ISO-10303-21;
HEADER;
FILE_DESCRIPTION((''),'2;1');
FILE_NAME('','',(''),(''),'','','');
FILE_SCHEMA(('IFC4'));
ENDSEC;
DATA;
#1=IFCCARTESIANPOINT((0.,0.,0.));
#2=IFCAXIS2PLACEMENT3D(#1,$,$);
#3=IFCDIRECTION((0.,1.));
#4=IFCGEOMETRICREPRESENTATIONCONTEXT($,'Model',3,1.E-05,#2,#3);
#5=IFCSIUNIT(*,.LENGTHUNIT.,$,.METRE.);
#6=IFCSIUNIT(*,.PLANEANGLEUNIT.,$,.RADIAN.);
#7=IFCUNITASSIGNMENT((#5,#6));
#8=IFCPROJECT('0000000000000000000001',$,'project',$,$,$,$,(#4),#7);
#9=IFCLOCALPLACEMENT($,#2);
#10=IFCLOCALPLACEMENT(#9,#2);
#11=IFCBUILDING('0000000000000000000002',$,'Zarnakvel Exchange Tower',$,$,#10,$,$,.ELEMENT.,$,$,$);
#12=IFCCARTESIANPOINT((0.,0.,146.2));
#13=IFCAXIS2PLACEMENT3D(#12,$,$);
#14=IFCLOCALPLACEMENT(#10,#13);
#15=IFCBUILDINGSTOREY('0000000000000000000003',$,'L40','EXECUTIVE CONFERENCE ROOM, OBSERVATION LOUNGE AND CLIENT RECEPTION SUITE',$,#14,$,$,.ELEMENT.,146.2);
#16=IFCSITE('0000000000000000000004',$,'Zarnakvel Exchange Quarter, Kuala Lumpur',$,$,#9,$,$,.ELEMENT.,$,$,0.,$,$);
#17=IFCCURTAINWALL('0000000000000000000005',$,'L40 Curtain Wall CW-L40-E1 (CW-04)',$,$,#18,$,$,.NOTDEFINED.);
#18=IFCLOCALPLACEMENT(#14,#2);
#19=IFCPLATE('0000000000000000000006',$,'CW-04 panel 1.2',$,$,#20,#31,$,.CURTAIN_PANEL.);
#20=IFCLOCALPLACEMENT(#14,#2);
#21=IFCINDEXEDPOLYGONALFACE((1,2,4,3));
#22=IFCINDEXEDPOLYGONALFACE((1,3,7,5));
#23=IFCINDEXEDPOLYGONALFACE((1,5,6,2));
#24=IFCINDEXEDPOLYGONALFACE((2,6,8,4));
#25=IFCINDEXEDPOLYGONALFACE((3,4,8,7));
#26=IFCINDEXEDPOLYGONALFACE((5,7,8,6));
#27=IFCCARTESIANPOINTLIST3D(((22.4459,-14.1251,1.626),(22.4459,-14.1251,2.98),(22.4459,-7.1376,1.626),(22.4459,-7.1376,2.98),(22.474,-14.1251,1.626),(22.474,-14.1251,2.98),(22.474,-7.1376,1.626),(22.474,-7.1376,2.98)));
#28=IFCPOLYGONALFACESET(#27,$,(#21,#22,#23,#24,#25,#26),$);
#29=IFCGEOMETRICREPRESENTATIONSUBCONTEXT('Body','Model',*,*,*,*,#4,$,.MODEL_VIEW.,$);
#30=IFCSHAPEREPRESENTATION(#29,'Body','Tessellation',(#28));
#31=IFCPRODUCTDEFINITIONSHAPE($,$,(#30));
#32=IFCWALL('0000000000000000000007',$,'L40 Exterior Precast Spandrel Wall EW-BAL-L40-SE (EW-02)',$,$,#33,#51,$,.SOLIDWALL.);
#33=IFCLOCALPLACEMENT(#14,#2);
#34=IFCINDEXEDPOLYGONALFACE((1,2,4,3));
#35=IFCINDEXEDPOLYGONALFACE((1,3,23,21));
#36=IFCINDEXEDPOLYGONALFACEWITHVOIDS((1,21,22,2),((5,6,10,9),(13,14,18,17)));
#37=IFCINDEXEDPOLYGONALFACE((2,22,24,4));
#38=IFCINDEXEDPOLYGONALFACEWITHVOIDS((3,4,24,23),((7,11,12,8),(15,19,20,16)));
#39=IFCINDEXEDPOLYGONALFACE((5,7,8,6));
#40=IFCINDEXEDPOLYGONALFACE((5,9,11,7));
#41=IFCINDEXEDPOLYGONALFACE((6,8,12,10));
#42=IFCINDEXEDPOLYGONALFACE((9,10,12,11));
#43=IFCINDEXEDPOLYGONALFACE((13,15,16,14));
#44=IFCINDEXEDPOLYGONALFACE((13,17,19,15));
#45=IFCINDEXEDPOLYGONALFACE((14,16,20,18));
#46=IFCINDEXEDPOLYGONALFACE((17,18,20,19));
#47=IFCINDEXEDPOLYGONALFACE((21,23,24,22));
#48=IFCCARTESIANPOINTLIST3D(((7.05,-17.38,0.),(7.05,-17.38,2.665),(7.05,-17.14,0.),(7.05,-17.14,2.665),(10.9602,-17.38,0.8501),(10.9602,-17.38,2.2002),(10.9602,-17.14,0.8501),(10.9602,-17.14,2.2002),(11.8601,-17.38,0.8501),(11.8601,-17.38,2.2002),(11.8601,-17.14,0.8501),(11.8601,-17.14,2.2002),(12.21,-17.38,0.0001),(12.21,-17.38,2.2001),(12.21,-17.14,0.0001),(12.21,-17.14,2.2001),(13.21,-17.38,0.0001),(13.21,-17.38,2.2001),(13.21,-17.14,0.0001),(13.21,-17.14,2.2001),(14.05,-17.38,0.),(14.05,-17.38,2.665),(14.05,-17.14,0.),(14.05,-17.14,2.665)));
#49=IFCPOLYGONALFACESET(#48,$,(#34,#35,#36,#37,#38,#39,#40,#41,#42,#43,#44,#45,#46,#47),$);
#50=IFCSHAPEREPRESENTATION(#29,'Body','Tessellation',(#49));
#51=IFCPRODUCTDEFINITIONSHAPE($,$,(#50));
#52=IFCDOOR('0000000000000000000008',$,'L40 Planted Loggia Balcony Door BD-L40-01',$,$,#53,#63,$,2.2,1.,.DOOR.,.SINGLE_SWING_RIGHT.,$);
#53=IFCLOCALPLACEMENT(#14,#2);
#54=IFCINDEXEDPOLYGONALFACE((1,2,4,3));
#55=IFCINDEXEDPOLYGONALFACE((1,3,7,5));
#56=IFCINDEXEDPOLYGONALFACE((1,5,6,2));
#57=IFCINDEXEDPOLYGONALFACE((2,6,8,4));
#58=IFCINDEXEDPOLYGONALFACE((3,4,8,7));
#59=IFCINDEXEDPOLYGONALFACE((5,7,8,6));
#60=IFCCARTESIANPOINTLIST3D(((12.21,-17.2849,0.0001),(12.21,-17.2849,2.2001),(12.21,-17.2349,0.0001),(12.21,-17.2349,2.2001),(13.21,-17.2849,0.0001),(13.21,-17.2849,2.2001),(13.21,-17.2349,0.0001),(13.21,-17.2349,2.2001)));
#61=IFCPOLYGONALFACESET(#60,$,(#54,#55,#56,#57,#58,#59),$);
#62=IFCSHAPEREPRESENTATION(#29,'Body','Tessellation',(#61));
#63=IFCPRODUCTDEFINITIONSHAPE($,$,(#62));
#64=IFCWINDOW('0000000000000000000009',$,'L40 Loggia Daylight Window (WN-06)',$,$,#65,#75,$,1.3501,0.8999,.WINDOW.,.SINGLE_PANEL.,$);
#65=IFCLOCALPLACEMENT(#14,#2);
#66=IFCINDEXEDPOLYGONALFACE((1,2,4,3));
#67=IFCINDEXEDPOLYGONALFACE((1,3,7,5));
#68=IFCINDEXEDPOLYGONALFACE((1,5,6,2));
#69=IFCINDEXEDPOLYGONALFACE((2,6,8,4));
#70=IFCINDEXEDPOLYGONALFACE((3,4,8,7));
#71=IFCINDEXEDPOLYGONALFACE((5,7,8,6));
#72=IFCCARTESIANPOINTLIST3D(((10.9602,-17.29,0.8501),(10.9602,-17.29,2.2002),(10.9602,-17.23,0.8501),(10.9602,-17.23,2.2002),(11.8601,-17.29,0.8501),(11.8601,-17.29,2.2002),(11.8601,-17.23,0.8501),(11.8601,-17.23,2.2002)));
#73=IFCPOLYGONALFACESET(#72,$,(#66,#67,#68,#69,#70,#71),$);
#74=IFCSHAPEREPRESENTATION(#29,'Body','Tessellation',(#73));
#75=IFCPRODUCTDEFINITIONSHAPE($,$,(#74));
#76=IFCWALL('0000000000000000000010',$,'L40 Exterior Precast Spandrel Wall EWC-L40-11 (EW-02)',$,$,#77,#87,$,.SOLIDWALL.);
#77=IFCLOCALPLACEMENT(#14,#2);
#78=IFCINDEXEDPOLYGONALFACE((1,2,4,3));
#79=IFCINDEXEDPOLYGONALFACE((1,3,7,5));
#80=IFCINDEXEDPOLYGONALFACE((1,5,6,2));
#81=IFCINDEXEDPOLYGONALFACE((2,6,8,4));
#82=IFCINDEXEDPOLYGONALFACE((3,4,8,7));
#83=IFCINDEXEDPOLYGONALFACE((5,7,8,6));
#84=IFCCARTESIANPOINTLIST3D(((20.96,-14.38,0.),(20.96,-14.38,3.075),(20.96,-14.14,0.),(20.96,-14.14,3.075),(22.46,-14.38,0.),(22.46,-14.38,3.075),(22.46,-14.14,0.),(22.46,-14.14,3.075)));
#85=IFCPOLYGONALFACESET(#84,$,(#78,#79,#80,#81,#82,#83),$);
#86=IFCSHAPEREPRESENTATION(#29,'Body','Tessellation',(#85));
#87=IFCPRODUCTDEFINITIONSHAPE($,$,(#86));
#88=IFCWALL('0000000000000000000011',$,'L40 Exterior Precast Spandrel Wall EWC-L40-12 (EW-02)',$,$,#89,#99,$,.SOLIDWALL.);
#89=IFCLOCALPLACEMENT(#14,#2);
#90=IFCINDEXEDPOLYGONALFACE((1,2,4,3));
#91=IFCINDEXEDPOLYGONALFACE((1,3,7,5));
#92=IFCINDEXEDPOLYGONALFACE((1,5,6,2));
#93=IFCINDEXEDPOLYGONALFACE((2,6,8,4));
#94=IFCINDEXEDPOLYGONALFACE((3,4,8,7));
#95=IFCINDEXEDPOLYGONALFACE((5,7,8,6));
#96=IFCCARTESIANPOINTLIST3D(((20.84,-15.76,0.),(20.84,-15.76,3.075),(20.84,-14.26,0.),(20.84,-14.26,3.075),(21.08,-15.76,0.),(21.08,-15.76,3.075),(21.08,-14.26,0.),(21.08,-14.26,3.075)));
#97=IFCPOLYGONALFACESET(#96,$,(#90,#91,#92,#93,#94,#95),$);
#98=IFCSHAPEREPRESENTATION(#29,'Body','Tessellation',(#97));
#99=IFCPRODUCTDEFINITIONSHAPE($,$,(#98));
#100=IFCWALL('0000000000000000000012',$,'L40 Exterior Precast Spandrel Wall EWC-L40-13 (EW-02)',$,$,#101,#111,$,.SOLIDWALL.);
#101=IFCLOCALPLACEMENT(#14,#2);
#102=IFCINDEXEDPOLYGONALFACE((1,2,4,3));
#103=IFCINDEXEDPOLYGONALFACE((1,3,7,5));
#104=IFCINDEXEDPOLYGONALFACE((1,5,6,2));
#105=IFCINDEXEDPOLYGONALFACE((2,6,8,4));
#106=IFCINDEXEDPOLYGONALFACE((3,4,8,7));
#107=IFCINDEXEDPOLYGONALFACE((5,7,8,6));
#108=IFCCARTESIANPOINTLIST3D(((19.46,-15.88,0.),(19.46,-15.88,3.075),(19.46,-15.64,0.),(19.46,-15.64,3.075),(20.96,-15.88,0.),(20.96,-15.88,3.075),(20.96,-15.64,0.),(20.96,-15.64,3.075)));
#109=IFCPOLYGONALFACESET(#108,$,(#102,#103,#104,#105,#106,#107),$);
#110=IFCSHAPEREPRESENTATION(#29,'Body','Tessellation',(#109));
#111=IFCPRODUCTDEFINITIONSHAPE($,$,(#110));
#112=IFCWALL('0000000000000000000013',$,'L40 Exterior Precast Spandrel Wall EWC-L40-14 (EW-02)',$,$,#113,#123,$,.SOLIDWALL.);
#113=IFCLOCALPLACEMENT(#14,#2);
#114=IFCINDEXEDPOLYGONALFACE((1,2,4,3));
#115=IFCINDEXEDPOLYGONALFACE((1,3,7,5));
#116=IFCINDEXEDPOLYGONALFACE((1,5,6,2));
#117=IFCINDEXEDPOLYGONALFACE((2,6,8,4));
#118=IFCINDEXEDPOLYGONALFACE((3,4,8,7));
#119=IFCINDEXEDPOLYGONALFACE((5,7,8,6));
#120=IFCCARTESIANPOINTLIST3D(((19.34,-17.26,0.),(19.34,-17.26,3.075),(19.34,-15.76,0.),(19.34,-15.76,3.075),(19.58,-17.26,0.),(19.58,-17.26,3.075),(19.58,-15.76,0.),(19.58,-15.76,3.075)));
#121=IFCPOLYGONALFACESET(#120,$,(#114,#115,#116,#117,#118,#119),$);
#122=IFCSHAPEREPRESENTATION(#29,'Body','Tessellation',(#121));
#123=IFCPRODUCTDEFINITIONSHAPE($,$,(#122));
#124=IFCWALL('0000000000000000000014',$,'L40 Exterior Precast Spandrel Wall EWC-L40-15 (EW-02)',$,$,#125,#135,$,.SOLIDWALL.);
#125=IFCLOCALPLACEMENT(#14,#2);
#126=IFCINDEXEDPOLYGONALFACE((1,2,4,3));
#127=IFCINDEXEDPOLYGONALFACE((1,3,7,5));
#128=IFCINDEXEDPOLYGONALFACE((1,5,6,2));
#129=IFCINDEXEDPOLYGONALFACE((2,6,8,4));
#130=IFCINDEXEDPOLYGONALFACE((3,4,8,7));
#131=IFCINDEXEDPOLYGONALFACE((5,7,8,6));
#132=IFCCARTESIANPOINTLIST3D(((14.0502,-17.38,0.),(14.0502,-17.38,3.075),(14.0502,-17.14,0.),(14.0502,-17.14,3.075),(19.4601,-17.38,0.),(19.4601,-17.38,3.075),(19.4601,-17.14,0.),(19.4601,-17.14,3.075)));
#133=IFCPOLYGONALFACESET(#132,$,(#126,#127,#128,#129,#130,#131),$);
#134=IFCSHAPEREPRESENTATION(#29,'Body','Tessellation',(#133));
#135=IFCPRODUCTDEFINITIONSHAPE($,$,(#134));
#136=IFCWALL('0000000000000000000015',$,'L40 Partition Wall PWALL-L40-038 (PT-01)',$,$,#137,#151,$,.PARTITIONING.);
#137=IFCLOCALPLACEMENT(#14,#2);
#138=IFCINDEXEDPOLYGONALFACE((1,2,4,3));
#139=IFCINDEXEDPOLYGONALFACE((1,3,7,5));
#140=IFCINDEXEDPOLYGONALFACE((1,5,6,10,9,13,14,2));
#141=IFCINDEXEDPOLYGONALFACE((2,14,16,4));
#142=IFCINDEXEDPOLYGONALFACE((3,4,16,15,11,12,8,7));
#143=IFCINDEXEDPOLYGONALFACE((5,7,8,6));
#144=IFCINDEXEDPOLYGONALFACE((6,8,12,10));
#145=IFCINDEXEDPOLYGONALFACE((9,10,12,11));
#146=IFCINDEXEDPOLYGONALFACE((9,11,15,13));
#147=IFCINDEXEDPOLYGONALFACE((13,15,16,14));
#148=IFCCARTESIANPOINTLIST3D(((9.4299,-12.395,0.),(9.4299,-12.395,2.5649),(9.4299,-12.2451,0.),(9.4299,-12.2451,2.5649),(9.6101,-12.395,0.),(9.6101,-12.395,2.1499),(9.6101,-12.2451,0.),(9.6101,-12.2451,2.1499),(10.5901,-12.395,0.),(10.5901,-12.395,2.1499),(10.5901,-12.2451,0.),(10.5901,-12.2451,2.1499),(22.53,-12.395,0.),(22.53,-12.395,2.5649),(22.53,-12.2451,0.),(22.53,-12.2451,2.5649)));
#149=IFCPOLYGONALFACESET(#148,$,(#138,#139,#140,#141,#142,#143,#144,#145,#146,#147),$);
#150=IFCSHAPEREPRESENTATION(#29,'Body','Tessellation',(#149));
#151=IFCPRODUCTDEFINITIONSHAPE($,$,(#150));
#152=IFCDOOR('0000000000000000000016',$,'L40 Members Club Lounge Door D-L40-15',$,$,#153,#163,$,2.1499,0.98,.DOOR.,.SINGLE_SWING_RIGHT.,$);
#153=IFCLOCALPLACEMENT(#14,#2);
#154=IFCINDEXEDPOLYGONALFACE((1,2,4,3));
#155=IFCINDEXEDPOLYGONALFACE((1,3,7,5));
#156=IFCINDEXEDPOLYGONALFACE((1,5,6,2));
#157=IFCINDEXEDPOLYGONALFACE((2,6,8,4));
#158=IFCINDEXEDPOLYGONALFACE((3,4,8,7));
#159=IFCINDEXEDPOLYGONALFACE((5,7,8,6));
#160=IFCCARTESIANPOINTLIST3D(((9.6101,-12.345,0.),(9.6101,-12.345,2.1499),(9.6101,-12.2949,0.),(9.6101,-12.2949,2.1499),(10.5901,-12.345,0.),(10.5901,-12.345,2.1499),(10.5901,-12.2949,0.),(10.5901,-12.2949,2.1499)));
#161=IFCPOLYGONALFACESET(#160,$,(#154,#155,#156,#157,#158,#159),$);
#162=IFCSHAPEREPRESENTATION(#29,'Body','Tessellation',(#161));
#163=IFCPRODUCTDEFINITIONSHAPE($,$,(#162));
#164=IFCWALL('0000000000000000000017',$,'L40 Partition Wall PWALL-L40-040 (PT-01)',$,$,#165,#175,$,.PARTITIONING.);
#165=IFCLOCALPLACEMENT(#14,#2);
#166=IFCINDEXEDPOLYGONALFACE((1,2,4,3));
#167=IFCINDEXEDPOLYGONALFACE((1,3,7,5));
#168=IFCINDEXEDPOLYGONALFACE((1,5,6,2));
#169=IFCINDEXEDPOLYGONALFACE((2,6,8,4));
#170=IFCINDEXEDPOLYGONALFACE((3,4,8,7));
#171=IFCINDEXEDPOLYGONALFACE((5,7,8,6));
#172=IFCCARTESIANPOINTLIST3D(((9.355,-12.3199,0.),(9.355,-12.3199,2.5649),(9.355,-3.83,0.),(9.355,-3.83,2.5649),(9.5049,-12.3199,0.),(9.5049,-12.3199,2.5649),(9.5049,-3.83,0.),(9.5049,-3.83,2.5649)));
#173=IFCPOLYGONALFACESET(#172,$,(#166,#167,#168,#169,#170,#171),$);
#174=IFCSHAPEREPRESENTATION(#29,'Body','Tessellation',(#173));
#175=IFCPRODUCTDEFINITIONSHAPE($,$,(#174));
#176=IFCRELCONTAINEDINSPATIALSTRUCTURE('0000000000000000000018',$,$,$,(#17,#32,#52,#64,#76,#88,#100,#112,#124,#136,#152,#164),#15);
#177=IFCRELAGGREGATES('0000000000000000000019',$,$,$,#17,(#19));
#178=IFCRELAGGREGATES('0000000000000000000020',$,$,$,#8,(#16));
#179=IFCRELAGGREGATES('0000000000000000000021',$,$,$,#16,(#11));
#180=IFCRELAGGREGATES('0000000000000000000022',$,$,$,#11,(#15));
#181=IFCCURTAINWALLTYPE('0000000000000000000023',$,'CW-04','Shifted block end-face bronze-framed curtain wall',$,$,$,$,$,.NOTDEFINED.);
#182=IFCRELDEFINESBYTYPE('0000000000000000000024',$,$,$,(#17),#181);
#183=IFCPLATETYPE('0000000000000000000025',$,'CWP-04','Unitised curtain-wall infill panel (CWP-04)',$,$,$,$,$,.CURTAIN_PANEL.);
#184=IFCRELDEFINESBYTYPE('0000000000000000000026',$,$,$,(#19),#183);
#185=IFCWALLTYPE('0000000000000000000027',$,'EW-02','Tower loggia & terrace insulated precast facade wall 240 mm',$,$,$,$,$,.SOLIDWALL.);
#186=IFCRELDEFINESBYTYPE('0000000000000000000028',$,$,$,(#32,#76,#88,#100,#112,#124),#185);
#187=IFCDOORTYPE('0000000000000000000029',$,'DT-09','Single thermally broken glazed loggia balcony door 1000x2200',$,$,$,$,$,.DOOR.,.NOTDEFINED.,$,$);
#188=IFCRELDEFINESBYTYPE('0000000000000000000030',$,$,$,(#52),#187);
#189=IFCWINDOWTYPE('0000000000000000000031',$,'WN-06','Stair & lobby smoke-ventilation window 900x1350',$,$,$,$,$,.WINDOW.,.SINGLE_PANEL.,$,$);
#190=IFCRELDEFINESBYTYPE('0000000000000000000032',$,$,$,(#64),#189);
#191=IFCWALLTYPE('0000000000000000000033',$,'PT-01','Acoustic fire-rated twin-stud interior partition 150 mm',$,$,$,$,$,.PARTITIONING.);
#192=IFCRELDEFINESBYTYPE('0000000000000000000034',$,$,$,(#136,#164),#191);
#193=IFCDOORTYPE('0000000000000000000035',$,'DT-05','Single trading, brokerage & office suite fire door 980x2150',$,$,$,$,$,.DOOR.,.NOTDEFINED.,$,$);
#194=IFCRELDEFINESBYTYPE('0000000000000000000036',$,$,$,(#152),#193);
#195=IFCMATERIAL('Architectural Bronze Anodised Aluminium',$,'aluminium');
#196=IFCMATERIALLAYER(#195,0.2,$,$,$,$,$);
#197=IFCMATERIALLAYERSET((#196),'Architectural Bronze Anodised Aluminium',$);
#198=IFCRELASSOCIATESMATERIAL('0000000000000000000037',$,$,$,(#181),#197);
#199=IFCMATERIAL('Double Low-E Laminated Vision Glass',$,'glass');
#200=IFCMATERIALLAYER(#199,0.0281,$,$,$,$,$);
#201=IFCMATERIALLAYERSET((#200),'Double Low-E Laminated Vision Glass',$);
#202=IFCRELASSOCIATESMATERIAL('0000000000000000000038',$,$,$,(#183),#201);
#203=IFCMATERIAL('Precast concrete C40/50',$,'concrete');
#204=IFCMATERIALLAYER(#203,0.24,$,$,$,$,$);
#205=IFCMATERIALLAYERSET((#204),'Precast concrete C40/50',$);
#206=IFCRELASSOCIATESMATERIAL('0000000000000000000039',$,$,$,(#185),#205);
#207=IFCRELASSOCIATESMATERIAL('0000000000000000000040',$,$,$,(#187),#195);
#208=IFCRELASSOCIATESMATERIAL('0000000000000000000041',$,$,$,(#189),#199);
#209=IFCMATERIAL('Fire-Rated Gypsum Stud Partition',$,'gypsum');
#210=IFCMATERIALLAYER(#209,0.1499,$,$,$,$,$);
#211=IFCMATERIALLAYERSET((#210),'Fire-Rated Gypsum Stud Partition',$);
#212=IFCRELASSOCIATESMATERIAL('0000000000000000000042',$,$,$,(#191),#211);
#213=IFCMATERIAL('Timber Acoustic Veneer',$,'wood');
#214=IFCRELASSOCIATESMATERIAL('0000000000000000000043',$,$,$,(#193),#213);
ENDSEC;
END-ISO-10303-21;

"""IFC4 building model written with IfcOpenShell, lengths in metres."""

from ifc_helpers import new_model, si_unit, direction, frame, frame_2d, origin, origin_2d, place, context, subcontext, project, spatial, rectangle, extrude, source, transform, mapped, material, layer, layer_set, type_object, element, fill, aggregate, save


model = new_model("IFC4")

# Units and contexts
model_context = context("Model", 3, precision=1e-05, world=origin(), true_north=direction((0.0, 1.0)))
body_context = subcontext(model_context, "Body", "Model", "MODEL_VIEW")
ifc_project = project(units=[si_unit("LENGTHUNIT", "METRE"), si_unit("PLANEANGLEUNIT", "RADIAN")], contexts=[model_context])

# Site, building, storey
site_placement = place(None, origin())
site = spatial("IfcSite", under=ifc_project, at=site_placement, Name="Zarnakvel Exchange Quarter, Kuala Lumpur", CompositionType="ELEMENT", RefElevation=0.0)
building_placement = place(site_placement, origin())
building = spatial("IfcBuilding", under=site, at=building_placement, Name="Zarnakvel Exchange Tower", CompositionType="ELEMENT")
storey_placement = place(building_placement, frame((0.0, 0.0, 146.2)))
storey = spatial("IfcBuildingStorey", under=building, at=storey_placement, Name="L40", Description="EXECUTIVE CONFERENCE ROOM, OBSERVATION LOUNGE AND CLIENT RECEPTION SUITE", CompositionType="ELEMENT", Elevation=146.2)

# Curtain wall, plate
ifc_material_1 = material(Name="Architectural Bronze Anodised Aluminium", Category="aluminium")
ifc_layer_1 = layer(ifc_material_1, 0.2)
ifc_layer_set_1 = layer_set([ifc_layer_1], Name="Architectural Bronze Anodised Aluminium")
curtain_wall_type = type_object("IfcCurtainWallType", Name="CW-04", Description="Shifted block end-face bronze-framed curtain wall", PredefinedType="NOTDEFINED", material=ifc_layer_set_1)
curtain_wall_placement = place(storey_placement, origin())
curtain_wall = element("IfcCurtainWall", 1, at=curtain_wall_placement, inside=storey, type_object=curtain_wall_type, Name="L40 Curtain Wall CW-L40-E1 (CW-04)", PredefinedType="NOTDEFINED")
ifc_material_2 = material(Name="Double Low-E Laminated Vision Glass", Category="glass")
ifc_layer_2 = layer(ifc_material_2, 0.0281)
ifc_layer_set_2 = layer_set([ifc_layer_2], Name="Double Low-E Laminated Vision Glass")
plate_type = type_object("IfcPlateType", Name="CWP-04", Description="Unitised curtain-wall infill panel (CWP-04)", PredefinedType="CURTAIN_PANEL", material=ifc_layer_set_2)
shared_shape_1 = source(origin(), body_context, "Body", "SweptSolid", [
    extrude(rectangle(XDim=6.9875, YDim=0.0281, at=origin_2d()), origin(), (0.0, 0.0, 1.0), 1.354),
])
plate_1_placement = place(storey_placement, frame((22.46, -10.6313, 1.626), z_axis=(0.0, 0.0, 1.0), x_axis=(0.0, 1.0, 0.0)))
plate_1 = element("IfcPlate", 2, at=plate_1_placement, type_object=plate_type, Name="CW-04 panel 1.2", PredefinedType="CURTAIN_PANEL", context=body_context, shape_type="MappedRepresentation", body=[
    mapped(shared_shape_1, transform((0.0, 0.0, 0.0), x_axis=(1.0, 0.0, 0.0), y_axis=(0.0, 1.0, 0.0), z_axis=(0.0, 0.0, 1.0), scale=1.0)),
])
aggregate(curtain_wall, [plate_1])

# Wall, openings, door, window
ifc_material_3 = material(Name="Precast concrete C40/50", Category="concrete")
ifc_layer_3 = layer(ifc_material_3, 0.24)
ifc_layer_set_3 = layer_set([ifc_layer_3], Name="Precast concrete C40/50")
wall_type_1 = type_object("IfcWallType", Name="EW-02", Description="Tower loggia & terrace insulated precast facade wall 240 mm", PredefinedType="SOLIDWALL", material=ifc_layer_set_3)
wall_1_placement = place(storey_placement, frame((14.05, -17.26, 0.0), z_axis=(0.0, 0.0, 1.0), x_axis=(-1.0, 0.0, 0.0)))
wall_1 = element("IfcWall", 3, at=wall_1_placement, inside=storey, type_object=wall_type_1, Name="L40 Exterior Precast Spandrel Wall EW-BAL-L40-SE (EW-02)", PredefinedType="SOLIDWALL", context=body_context, shape_type="SweptSolid", body=[
    extrude(rectangle(XDim=7.0, YDim=0.24, at=frame_2d((3.5, 0.0))), origin(), (0.0, 0.0, 1.0), 2.665),
])
opening_1_placement = place(wall_1_placement, frame((0.8401, 0.0, 0.0)))
opening_1 = element("IfcOpeningElement", 4, at=opening_1_placement, cuts=wall_1, PredefinedType="OPENING", context=body_context, shape_type="SweptSolid", body=[
    extrude(rectangle(XDim=1.0, YDim=2.2, at=frame_2d((0.5, 1.1001))), frame((0.0, 0.1299, 0.0), z_axis=(0.0, -1.0, 0.0), x_axis=(1.0, 0.0, 0.0)), (0.0, 0.0, 1.0), 0.26),
])
opening_2_placement = place(wall_1_placement, frame((2.1899, 0.0, 0.8501)))
opening_2 = element("IfcOpeningElement", 5, at=opening_2_placement, cuts=wall_1, PredefinedType="OPENING", context=body_context, shape_type="SweptSolid", body=[
    extrude(rectangle(XDim=0.8999, YDim=1.3501, at=frame_2d((0.45, 0.675))), frame((0.0, 0.1299, 0.0), z_axis=(0.0, -1.0, 0.0), x_axis=(1.0, 0.0, 0.0)), (0.0, 0.0, 1.0), 0.26),
])
door_type_1 = type_object("IfcDoorType", Name="DT-09", Description="Single thermally broken glazed loggia balcony door 1000x2200", OperationType="NOTDEFINED", PredefinedType="DOOR", material=ifc_material_1)
shared_shape_2 = source(origin(), body_context, "Body", "SweptSolid", [
    extrude(rectangle(XDim=1.0, YDim=2.2, at=frame_2d((0.5, 1.1001))), frame((0.0, 0.0249, 0.0), z_axis=(0.0, -1.0, 0.0), x_axis=(1.0, 0.0, 0.0)), (0.0, 0.0, 1.0), 0.05),
])
door_1_placement = place(opening_1_placement, origin())
door_1 = element("IfcDoor", 6, at=door_1_placement, inside=storey, type_object=door_type_1, Name="L40 Planted Loggia Balcony Door BD-L40-01", OperationType="SINGLE_SWING_RIGHT", OverallHeight=2.2, OverallWidth=1.0, PredefinedType="DOOR", context=body_context, shape_type="MappedRepresentation", body=[
    mapped(shared_shape_2, transform((0.0, 0.0, 0.0), x_axis=(1.0, 0.0, 0.0), y_axis=(0.0, 1.0, 0.0), z_axis=(0.0, 0.0, 1.0), scale=1.0)),
])
fill(opening_1, door_1)
window_type = type_object("IfcWindowType", Name="WN-06", Description="Stair & lobby smoke-ventilation window 900x1350", PartitioningType="SINGLE_PANEL", PredefinedType="WINDOW", material=ifc_material_2)
shared_shape_3 = source(origin(), body_context, "Body", "SweptSolid", [
    extrude(rectangle(XDim=0.8999, YDim=1.3501, at=frame_2d((0.45, 0.675))), frame((0.0, 0.03, 0.0), z_axis=(0.0, -1.0, 0.0), x_axis=(1.0, 0.0, 0.0)), (0.0, 0.0, 1.0), 0.0601),
])
window_placement = place(opening_2_placement, origin())
window = element("IfcWindow", 7, at=window_placement, inside=storey, type_object=window_type, Name="L40 Loggia Daylight Window (WN-06)", OverallHeight=1.3501, OverallWidth=0.8999, PartitioningType="SINGLE_PANEL", PredefinedType="WINDOW", context=body_context, shape_type="MappedRepresentation", body=[
    mapped(shared_shape_3, transform((0.0, 0.0, 0.0), x_axis=(1.0, 0.0, 0.0), y_axis=(0.0, 1.0, 0.0), z_axis=(0.0, 0.0, 1.0), scale=1.0)),
])
fill(opening_2, window)

# Walls
for number, where, z_axis, x_axis, name in (
    (8, (20.96, -14.26, 0.0), (0.0, 0.0, 1.0), (1.0, 0.0, 0.0), "L40 Exterior Precast Spandrel Wall EWC-L40-11 (EW-02)"),
    (9, (20.96, -15.76, 0.0), (0.0, 0.0, 1.0), (0.0, 1.0, 0.0), "L40 Exterior Precast Spandrel Wall EWC-L40-12 (EW-02)"),
    (10, (19.46, -15.76, 0.0), (0.0, 0.0, 1.0), (1.0, 0.0, 0.0), "L40 Exterior Precast Spandrel Wall EWC-L40-13 (EW-02)"),
    (11, (19.46, -17.26, 0.0), (0.0, 0.0, 1.0), (0.0, 1.0, 0.0), "L40 Exterior Precast Spandrel Wall EWC-L40-14 (EW-02)"),
):
    element("IfcWall", number, at=place(storey_placement, frame(where, z_axis=z_axis, x_axis=x_axis)), inside=storey, type_object=wall_type_1, Name=name, PredefinedType="SOLIDWALL", context=body_context, shape_type="SweptSolid", body=[
        extrude(rectangle(XDim=1.5, YDim=0.24, at=frame_2d((0.75, 0.0))), origin(), (0.0, 0.0, 1.0), 3.075),
    ])
wall_2_placement = place(storey_placement, frame((14.05, -17.26, 0.0), z_axis=(0.0, 0.0, 1.0), x_axis=(1.0, 0.0, 0.0)))
element("IfcWall", 12, at=wall_2_placement, inside=storey, type_object=wall_type_1, Name="L40 Exterior Precast Spandrel Wall EWC-L40-15 (EW-02)", PredefinedType="SOLIDWALL", context=body_context, shape_type="SweptSolid", body=[
    extrude(rectangle(XDim=5.4099, YDim=0.24, at=frame_2d((2.7051, 0.0))), origin(), (0.0, 0.0, 1.0), 3.075),
])

# Wall, opening, door
ifc_material_4 = material(Name="Fire-Rated Gypsum Stud Partition", Category="gypsum")
ifc_layer_4 = layer(ifc_material_4, 0.1499)
ifc_layer_set_4 = layer_set([ifc_layer_4], Name="Fire-Rated Gypsum Stud Partition")
wall_type_2 = type_object("IfcWallType", Name="PT-01", Description="Acoustic fire-rated twin-stud interior partition 150 mm", PredefinedType="PARTITIONING", material=ifc_layer_set_4)
wall_3_placement = place(storey_placement, frame((22.53, -12.3201, 0.0), z_axis=(0.0, 0.0, 1.0), x_axis=(-1.0, 0.0, 0.0)))
wall_3 = element("IfcWall", 13, at=wall_3_placement, inside=storey, type_object=wall_type_2, Name="L40 Partition Wall PWALL-L40-038 (PT-01)", PredefinedType="PARTITIONING", context=body_context, shape_type="SweptSolid", body=[
    extrude(rectangle(XDim=13.1001, YDim=0.1499, at=frame_2d((6.55, 0.0))), origin(), (0.0, 0.0, 1.0), 2.5649),
])
opening_3_placement = place(wall_3_placement, frame((11.9399, 0.0, 0.0)))
opening_3 = element("IfcOpeningElement", 14, at=opening_3_placement, cuts=wall_3, PredefinedType="OPENING", context=body_context, shape_type="SweptSolid", body=[
    extrude(rectangle(XDim=0.98, YDim=2.1499, at=frame_2d((0.49, 1.075))), frame((0.0, 0.085, 0.0), z_axis=(0.0, -1.0, 0.0), x_axis=(1.0, 0.0, 0.0)), (0.0, 0.0, 1.0), 0.1699),
])
ifc_material_5 = material(Name="Timber Acoustic Veneer", Category="wood")
door_type_2 = type_object("IfcDoorType", Name="DT-05", Description="Single trading, brokerage & office suite fire door 980x2150", OperationType="NOTDEFINED", PredefinedType="DOOR", material=ifc_material_5)
shared_shape_4 = source(origin(), body_context, "Body", "SweptSolid", [
    extrude(rectangle(XDim=0.98, YDim=2.1499, at=frame_2d((0.49, 1.075))), frame((0.0, 0.0249, 0.0), z_axis=(0.0, -1.0, 0.0), x_axis=(1.0, 0.0, 0.0)), (0.0, 0.0, 1.0), 0.05),
])
door_2_placement = place(opening_3_placement, origin())
door_2 = element("IfcDoor", 15, at=door_2_placement, inside=storey, type_object=door_type_2, Name="L40 Members Club Lounge Door D-L40-15", OperationType="SINGLE_SWING_RIGHT", OverallHeight=2.1499, OverallWidth=0.98, PredefinedType="DOOR", context=body_context, shape_type="MappedRepresentation", body=[
    mapped(shared_shape_4, transform((0.0, 0.0, 0.0), x_axis=(1.0, 0.0, 0.0), y_axis=(0.0, 1.0, 0.0), z_axis=(0.0, 0.0, 1.0), scale=1.0)),
])
fill(opening_3, door_2)

# Wall
wall_4_placement = place(storey_placement, frame((9.4299, -12.3201, 0.0), z_axis=(0.0, 0.0, 1.0), x_axis=(0.0, 1.0, 0.0)))
element("IfcWall", 16, at=wall_4_placement, inside=storey, type_object=wall_type_2, Name="L40 Partition Wall PWALL-L40-040 (PT-01)", PredefinedType="PARTITIONING", context=body_context, shape_type="SweptSolid", body=[
    extrude(rectangle(XDim=8.49, YDim=0.1499, at=frame_2d((4.2451, 0.0))), origin(), (0.0, 0.0, 1.0), 2.5649),
])

save(model, "model.ifc")
